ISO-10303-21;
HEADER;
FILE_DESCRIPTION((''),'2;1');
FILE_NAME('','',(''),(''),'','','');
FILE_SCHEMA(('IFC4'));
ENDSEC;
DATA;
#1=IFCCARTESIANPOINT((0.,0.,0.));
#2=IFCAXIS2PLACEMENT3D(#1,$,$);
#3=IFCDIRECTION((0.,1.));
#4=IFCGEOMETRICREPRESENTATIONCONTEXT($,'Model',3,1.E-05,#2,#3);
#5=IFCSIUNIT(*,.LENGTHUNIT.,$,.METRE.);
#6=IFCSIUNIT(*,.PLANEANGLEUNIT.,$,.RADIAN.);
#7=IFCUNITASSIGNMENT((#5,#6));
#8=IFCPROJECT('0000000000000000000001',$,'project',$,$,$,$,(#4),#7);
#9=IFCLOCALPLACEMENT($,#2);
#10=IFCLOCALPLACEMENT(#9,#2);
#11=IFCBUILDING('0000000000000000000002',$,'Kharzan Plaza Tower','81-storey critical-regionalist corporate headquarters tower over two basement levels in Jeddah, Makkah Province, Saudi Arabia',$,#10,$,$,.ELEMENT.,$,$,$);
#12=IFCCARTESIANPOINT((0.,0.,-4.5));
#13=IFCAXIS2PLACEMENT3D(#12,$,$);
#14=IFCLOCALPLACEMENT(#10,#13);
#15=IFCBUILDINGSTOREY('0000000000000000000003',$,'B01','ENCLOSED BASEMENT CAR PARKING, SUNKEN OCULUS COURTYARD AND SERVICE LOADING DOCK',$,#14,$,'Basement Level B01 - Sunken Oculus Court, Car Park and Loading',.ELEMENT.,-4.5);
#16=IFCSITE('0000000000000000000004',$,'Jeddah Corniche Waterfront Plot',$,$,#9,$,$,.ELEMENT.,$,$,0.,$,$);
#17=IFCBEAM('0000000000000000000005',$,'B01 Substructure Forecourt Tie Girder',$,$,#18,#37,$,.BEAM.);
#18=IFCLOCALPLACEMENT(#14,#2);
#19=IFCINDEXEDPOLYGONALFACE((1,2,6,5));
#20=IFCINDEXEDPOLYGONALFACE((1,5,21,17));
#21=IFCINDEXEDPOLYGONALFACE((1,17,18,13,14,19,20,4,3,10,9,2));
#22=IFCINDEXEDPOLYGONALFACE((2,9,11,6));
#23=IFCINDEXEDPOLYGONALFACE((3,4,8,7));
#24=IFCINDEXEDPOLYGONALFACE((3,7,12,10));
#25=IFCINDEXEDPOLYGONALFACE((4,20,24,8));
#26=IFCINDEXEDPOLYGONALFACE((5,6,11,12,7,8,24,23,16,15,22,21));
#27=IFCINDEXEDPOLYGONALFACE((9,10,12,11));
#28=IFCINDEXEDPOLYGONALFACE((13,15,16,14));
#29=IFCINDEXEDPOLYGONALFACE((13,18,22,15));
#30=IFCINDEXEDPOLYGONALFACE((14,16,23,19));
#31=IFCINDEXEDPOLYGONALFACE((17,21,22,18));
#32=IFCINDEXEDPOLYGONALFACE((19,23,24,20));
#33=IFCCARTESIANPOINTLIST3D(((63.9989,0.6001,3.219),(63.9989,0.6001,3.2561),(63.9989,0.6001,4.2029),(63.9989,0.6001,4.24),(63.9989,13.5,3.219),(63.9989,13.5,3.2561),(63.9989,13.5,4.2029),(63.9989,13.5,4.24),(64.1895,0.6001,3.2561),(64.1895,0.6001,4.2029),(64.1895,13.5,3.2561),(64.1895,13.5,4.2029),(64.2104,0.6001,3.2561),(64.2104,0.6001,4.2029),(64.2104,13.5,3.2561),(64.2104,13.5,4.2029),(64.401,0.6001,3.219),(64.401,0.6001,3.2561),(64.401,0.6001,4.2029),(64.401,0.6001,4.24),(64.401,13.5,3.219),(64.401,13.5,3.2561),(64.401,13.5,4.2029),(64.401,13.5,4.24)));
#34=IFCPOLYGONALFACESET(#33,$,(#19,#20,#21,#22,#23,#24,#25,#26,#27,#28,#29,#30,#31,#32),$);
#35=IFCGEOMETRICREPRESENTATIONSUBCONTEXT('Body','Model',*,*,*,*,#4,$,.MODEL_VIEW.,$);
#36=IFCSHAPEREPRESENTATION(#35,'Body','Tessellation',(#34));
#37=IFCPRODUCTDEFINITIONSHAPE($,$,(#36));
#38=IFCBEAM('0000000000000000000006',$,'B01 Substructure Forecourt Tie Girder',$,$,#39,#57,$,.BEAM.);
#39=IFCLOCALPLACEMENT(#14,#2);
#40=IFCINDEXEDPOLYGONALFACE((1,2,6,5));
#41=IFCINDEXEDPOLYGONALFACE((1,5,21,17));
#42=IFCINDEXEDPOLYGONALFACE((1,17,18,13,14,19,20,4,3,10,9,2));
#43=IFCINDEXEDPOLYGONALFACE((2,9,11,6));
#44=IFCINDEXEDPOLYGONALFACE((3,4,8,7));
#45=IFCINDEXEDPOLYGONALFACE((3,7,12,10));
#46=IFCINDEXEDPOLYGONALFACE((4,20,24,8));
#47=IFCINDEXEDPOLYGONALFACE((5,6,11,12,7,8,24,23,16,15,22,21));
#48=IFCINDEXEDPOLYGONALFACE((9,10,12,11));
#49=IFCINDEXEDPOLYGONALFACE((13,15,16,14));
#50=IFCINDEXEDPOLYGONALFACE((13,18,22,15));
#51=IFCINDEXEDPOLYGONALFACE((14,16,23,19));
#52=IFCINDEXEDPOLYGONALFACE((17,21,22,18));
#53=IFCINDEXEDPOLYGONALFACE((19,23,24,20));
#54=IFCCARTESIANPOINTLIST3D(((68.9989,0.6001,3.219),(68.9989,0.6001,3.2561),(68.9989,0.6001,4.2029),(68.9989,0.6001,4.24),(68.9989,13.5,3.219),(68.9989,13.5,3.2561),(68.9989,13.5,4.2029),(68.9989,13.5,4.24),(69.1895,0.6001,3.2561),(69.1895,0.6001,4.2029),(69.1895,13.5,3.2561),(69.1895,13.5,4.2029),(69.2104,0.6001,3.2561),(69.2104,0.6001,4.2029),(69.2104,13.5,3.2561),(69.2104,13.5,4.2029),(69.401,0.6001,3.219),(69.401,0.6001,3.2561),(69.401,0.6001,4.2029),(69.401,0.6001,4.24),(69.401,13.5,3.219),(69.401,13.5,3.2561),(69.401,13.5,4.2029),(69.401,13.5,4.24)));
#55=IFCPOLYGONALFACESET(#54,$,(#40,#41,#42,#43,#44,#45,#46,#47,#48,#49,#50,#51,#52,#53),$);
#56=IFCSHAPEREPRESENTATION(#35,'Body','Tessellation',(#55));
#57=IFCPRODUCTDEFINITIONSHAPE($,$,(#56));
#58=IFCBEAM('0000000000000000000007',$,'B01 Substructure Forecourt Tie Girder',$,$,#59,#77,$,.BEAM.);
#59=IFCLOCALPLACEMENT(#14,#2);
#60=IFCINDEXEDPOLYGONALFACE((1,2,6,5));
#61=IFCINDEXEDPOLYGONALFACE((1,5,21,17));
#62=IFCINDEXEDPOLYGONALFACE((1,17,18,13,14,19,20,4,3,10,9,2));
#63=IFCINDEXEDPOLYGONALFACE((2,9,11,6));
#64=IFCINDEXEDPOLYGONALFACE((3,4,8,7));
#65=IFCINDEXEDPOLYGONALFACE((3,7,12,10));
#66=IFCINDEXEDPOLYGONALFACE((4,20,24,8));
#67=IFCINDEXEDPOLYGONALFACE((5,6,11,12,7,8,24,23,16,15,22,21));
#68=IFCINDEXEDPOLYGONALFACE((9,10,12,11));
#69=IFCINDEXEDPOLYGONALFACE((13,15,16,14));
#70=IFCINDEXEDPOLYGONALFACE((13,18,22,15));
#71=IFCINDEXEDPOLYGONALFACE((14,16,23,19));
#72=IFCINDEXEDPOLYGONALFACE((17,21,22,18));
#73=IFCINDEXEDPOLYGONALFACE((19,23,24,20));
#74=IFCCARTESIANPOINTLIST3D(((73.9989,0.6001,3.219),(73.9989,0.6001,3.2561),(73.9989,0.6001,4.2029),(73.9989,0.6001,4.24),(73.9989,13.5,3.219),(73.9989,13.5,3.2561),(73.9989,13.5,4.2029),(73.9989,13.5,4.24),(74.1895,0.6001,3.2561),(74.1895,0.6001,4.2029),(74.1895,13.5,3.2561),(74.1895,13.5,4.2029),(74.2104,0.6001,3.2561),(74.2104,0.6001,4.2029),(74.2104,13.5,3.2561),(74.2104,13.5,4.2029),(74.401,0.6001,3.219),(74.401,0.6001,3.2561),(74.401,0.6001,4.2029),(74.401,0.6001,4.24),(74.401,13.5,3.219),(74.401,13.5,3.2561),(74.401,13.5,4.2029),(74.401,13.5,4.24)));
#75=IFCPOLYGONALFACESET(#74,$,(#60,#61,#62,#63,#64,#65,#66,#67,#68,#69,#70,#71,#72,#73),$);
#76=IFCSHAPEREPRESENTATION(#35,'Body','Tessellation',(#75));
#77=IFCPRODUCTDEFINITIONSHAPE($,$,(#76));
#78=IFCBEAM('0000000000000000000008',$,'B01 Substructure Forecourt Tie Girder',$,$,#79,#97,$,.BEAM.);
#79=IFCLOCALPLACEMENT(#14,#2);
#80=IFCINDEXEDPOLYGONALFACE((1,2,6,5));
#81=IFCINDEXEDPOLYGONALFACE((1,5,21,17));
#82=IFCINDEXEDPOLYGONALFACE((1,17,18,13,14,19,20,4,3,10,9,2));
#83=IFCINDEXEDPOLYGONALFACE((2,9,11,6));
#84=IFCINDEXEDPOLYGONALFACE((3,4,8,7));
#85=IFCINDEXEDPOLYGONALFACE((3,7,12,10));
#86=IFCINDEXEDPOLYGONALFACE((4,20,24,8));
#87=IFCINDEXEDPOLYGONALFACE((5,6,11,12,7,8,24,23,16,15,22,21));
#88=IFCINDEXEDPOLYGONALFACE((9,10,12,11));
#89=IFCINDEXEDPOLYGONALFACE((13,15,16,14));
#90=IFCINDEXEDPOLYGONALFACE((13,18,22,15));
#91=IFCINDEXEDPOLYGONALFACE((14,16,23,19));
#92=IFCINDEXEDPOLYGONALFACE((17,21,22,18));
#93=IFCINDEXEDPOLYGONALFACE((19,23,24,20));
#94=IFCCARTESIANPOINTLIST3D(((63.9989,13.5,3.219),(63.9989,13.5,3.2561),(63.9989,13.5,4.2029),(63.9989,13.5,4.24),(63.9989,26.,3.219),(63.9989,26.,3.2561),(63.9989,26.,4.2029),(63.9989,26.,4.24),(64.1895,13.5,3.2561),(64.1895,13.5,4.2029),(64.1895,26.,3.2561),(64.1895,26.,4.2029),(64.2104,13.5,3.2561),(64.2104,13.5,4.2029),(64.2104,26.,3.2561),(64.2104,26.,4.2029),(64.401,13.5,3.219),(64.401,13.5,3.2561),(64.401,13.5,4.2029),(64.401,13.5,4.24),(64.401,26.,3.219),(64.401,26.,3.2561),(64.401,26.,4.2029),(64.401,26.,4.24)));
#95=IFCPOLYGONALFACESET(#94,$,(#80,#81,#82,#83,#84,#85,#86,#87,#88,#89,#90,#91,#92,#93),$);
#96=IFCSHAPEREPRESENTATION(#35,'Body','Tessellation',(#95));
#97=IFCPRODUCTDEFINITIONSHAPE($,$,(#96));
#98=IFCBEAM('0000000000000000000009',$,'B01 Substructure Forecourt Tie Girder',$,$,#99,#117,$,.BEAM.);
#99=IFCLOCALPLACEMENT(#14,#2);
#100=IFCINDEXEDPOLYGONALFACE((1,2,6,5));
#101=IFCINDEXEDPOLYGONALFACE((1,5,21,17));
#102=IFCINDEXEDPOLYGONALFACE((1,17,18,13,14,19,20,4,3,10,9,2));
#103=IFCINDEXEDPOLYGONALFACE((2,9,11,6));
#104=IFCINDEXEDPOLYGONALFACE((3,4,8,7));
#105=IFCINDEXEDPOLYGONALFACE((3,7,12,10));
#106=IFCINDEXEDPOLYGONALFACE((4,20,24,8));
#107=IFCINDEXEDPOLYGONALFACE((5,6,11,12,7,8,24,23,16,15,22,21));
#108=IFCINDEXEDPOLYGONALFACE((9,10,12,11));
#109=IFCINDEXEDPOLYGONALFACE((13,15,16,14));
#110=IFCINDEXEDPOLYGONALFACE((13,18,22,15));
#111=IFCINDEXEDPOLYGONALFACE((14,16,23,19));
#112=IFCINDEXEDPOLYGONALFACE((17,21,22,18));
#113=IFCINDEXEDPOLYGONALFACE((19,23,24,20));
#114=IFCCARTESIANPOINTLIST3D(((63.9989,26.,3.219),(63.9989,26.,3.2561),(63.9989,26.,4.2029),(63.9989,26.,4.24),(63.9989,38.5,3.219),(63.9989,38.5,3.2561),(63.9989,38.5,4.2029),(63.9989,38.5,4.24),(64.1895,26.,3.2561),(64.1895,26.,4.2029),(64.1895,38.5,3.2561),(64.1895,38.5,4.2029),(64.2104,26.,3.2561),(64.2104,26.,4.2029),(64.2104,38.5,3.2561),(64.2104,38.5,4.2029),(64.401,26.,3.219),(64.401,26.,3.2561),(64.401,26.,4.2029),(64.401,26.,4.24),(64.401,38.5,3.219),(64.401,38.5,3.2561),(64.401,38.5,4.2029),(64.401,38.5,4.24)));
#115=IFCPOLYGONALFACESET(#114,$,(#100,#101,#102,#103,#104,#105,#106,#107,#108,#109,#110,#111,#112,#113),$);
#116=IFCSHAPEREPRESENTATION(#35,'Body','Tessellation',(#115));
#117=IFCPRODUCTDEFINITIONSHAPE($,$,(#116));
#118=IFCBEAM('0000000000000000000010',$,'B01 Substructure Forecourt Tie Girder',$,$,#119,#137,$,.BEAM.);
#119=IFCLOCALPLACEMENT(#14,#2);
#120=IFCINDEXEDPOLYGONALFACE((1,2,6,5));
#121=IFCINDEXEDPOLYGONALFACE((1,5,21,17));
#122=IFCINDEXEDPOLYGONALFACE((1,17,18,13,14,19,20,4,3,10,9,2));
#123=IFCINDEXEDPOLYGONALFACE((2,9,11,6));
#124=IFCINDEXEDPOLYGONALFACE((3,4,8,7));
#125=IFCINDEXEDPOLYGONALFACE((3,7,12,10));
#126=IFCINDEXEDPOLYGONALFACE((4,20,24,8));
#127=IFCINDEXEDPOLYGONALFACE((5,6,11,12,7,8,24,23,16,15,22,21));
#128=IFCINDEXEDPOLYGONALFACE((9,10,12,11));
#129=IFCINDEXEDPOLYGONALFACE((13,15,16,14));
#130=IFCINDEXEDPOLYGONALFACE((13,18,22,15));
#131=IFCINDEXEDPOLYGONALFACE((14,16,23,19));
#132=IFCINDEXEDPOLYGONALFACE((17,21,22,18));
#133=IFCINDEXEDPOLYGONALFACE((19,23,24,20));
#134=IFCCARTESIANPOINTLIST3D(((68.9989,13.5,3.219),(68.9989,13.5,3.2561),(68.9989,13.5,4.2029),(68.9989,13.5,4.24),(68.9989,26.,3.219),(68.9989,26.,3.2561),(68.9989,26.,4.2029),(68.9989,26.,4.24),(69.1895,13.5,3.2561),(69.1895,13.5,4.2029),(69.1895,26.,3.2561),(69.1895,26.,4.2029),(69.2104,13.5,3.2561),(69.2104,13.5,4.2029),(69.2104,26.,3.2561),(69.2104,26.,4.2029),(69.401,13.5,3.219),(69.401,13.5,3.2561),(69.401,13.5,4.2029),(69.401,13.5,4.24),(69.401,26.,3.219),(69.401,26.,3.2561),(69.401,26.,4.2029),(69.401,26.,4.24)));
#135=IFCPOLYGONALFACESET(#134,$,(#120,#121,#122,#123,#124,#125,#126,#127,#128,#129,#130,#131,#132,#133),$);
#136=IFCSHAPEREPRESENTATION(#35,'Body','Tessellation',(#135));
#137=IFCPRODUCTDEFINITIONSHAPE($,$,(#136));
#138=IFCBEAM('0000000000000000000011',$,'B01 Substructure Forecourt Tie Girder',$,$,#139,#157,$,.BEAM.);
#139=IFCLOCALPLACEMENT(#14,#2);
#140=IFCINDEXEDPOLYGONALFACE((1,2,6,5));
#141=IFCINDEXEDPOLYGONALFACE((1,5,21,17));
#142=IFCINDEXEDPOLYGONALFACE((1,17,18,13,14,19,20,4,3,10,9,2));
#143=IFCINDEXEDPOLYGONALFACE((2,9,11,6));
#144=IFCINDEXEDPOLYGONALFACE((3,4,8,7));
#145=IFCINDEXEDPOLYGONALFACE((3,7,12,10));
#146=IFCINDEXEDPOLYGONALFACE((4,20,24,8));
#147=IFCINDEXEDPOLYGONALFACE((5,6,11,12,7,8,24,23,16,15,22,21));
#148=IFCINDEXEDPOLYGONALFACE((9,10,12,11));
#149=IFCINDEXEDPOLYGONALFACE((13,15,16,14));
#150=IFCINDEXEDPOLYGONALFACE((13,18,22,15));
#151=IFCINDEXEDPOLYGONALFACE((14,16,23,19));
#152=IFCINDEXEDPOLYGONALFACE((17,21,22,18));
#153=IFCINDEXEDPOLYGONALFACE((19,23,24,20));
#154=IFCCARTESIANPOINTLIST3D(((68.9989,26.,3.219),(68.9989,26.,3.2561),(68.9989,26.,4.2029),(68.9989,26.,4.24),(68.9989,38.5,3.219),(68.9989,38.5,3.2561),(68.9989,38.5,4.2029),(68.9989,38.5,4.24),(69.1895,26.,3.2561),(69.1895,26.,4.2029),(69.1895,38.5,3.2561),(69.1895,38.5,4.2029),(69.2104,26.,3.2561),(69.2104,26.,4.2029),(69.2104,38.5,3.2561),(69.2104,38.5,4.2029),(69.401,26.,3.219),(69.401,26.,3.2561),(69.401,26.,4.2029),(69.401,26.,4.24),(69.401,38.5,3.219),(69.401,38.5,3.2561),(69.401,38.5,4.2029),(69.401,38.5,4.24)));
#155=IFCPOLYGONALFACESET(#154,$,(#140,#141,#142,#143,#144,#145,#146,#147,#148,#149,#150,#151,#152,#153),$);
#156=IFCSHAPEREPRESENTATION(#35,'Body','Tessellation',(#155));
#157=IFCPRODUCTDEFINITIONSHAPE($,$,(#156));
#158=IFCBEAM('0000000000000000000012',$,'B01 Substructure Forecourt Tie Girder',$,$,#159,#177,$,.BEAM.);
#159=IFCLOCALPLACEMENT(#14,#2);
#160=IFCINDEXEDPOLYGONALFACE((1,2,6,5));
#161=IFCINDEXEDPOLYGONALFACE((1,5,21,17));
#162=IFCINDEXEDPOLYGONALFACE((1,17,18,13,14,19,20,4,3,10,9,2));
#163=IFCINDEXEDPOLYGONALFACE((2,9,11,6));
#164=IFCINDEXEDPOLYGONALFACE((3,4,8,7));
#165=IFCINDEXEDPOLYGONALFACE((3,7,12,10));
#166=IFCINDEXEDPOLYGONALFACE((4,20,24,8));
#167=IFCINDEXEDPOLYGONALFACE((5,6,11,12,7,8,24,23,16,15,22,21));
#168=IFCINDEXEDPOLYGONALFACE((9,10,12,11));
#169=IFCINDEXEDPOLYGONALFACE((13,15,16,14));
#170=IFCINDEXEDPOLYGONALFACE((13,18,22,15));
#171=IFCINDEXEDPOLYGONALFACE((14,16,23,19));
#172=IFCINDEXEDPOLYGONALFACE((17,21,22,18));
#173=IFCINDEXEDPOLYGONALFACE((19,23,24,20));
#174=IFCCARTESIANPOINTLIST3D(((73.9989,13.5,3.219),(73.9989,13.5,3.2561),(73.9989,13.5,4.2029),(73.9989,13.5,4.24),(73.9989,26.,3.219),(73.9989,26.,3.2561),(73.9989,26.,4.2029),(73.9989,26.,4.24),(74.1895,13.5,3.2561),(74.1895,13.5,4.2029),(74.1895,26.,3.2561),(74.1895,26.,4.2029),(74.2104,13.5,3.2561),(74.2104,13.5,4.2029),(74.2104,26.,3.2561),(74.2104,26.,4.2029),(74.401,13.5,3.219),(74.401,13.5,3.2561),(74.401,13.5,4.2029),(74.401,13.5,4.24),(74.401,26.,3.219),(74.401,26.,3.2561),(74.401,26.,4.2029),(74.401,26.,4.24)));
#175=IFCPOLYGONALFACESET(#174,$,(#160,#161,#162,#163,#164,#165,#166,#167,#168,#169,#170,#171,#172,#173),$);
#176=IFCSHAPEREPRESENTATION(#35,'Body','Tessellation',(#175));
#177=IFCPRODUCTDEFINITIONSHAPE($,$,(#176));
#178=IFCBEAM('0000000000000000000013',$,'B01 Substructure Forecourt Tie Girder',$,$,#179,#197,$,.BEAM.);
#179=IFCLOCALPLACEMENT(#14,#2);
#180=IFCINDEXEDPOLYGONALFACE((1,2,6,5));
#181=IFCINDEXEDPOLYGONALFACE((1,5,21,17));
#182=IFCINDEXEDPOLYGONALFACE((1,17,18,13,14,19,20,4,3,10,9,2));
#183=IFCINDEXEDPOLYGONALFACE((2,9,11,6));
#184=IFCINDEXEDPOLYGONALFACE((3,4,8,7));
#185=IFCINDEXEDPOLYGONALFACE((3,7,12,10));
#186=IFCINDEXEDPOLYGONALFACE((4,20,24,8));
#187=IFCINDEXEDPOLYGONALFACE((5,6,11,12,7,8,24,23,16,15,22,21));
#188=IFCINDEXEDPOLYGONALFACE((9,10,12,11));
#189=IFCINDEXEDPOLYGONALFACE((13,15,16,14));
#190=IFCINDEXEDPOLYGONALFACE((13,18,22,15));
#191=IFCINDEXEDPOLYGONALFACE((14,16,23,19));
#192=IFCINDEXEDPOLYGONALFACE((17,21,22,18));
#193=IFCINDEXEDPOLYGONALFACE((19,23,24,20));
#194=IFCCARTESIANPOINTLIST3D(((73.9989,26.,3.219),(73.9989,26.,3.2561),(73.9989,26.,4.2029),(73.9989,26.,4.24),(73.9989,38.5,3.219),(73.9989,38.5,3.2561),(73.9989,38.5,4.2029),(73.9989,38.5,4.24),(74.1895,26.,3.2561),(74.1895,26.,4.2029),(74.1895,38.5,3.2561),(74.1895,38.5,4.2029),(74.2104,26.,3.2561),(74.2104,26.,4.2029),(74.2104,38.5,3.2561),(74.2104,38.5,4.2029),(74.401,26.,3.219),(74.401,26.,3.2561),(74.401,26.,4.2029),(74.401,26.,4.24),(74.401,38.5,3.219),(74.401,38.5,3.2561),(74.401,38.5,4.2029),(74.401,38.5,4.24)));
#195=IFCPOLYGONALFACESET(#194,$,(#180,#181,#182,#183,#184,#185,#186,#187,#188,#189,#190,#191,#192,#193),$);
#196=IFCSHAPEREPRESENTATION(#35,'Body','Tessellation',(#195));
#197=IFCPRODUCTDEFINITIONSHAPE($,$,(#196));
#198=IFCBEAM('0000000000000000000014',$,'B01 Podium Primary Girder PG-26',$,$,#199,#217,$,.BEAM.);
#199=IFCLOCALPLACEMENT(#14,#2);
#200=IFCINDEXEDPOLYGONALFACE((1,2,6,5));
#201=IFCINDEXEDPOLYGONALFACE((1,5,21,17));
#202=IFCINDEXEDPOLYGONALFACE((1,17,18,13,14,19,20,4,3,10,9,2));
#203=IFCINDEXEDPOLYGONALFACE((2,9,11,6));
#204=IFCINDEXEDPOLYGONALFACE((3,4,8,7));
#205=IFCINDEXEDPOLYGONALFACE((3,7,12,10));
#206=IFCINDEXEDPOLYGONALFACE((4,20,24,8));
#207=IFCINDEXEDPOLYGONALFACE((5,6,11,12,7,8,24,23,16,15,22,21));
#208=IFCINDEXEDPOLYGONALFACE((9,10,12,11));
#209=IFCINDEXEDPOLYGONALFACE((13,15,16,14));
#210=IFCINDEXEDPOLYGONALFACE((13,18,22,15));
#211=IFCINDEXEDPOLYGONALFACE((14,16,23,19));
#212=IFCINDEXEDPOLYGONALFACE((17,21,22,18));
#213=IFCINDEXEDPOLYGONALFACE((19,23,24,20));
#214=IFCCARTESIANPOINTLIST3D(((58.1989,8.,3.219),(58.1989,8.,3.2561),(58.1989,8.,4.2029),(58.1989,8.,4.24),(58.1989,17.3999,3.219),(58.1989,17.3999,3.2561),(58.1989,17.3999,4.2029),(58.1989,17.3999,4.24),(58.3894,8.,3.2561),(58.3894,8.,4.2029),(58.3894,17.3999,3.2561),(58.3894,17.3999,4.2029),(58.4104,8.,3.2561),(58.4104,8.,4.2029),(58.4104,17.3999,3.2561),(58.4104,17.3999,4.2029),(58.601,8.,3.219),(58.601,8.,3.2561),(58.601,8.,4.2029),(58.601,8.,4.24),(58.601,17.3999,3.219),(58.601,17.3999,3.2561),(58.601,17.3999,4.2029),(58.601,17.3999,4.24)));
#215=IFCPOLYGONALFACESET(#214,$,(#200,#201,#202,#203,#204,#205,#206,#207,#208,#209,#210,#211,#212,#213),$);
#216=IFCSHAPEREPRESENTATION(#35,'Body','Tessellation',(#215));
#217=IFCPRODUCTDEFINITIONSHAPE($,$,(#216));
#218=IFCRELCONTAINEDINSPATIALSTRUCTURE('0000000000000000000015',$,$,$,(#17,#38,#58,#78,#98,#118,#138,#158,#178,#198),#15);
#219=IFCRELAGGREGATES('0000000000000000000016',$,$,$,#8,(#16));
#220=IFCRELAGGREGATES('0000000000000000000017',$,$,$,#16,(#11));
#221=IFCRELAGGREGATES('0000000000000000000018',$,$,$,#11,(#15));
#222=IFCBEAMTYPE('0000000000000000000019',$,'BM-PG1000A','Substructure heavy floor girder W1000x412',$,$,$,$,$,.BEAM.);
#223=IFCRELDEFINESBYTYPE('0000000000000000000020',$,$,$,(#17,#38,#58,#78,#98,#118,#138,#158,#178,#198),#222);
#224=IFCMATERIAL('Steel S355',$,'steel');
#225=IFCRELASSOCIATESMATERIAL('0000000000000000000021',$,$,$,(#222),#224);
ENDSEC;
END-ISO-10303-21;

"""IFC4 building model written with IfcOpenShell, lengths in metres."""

from ifc_helpers import new_model, si_unit, direction, frame, origin, origin_2d, place, context, subcontext, project, spatial, i_section, extrude, source, transform, mapped, material, material_profile, profile_set, type_object, element, save


model = new_model("IFC4")

# Units and contexts
model_context = context("Model", 3, precision=1e-05, world=origin(), true_north=direction((0.0, 1.0)))
body_context = subcontext(model_context, "Body", "Model", "MODEL_VIEW")
ifc_project = project(units=[si_unit("LENGTHUNIT", "METRE"), si_unit("PLANEANGLEUNIT", "RADIAN")], contexts=[model_context])

# Site, building, storey
site_placement = place(None, origin())
site = spatial("IfcSite", under=ifc_project, at=site_placement, Name="Jeddah Corniche Waterfront Plot", CompositionType="ELEMENT", RefElevation=0.0)
building_placement = place(site_placement, origin())
building = spatial("IfcBuilding", under=site, at=building_placement, Name="Kharzan Plaza Tower", Description="81-storey critical-regionalist corporate headquarters tower over two basement levels in Jeddah, Makkah Province, Saudi Arabia", CompositionType="ELEMENT")
storey_placement = place(building_placement, frame((0.0, 0.0, -4.5)))
storey = spatial("IfcBuildingStorey", under=building, at=storey_placement, Name="B01", Description="ENCLOSED BASEMENT CAR PARKING, SUNKEN OCULUS COURTYARD AND SERVICE LOADING DOCK", LongName="Basement Level B01 - Sunken Oculus Court, Car Park and Loading", CompositionType="ELEMENT", Elevation=-4.5)

# Shared definitions
ifc_material_1 = material(Name="Steel S355", Category="steel")

# Beams
ifc_material_profile_1 = material_profile(ifc_material_1, i_section(OverallWidth=0.4021, OverallDepth=1.021, WebThickness=0.021, FlangeThickness=0.0371, at=origin_2d()), Name="W1000x412")
ifc_profile_set_1 = profile_set([ifc_material_profile_1], Name="Steel S355")
beam_type = type_object("IfcBeamType", Name="BM-PG1000A", Description="Substructure heavy floor girder W1000x412", PredefinedType="BEAM", material=ifc_profile_set_1)
shared_shape_1 = source(origin(), body_context, "Body", "SweptSolid", [
    extrude(i_section(OverallWidth=0.4021, OverallDepth=1.021, WebThickness=0.021, FlangeThickness=0.0371, at=origin_2d()), origin(), (0.0, 0.0, 1.0), 12.8999),
])
for number, where, z_axis, x_axis, name in (
    (1, (64.2, 0.6001, 3.7295), (0.0, 1.0, 0.0), (-1.0, 0.0, 0.0), "B01 Substructure Forecourt Tie Girder"),
    (2, (69.2, 0.6001, 3.7295), (0.0, 1.0, 0.0), (-1.0, 0.0, 0.0), "B01 Substructure Forecourt Tie Girder"),
    (3, (74.2, 0.6001, 3.7295), (0.0, 1.0, 0.0), (-1.0, 0.0, 0.0), "B01 Substructure Forecourt Tie Girder"),
):
    element("IfcBeam", number, at=place(storey_placement, frame(where, z_axis=z_axis, x_axis=x_axis)), inside=storey, type_object=beam_type, Name=name, PredefinedType="BEAM", context=body_context, shape_type="MappedRepresentation", body=[
        mapped(shared_shape_1, transform((0.0, 0.0, 0.0), x_axis=(1.0, 0.0, 0.0), y_axis=(0.0, 1.0, 0.0), z_axis=(0.0, 0.0, 1.0))),
    ])
shared_shape_2 = source(origin(), body_context, "Body", "SweptSolid", [
    extrude(i_section(OverallWidth=0.4021, OverallDepth=1.021, WebThickness=0.021, FlangeThickness=0.0371, at=origin_2d()), origin(), (0.0, 0.0, 1.0), 12.5),
])
for number, where, z_axis, x_axis, name in (
    (4, (64.2, 13.5, 3.7295), (0.0, 1.0, 0.0), (-1.0, 0.0, 0.0), "B01 Substructure Forecourt Tie Girder"),
    (5, (64.2, 26.0, 3.7295), (0.0, 1.0, 0.0), (-1.0, 0.0, 0.0), "B01 Substructure Forecourt Tie Girder"),
    (6, (69.2, 13.5, 3.7295), (0.0, 1.0, 0.0), (-1.0, 0.0, 0.0), "B01 Substructure Forecourt Tie Girder"),
    (7, (69.2, 26.0, 3.7295), (0.0, 1.0, 0.0), (-1.0, 0.0, 0.0), "B01 Substructure Forecourt Tie Girder"),
    (8, (74.2, 13.5, 3.7295), (0.0, 1.0, 0.0), (-1.0, 0.0, 0.0), "B01 Substructure Forecourt Tie Girder"),
    (9, (74.2, 26.0, 3.7295), (0.0, 1.0, 0.0), (-1.0, 0.0, 0.0), "B01 Substructure Forecourt Tie Girder"),
):
    element("IfcBeam", number, at=place(storey_placement, frame(where, z_axis=z_axis, x_axis=x_axis)), inside=storey, type_object=beam_type, Name=name, PredefinedType="BEAM", context=body_context, shape_type="MappedRepresentation", body=[
        mapped(shared_shape_2, transform((0.0, 0.0, 0.0), x_axis=(1.0, 0.0, 0.0), y_axis=(0.0, 1.0, 0.0), z_axis=(0.0, 0.0, 1.0))),
    ])
shared_shape_3 = source(origin(), body_context, "Body", "SweptSolid", [
    extrude(i_section(OverallWidth=0.4021, OverallDepth=1.021, WebThickness=0.021, FlangeThickness=0.0371, at=origin_2d()), origin(), (0.0, 0.0, 1.0), 9.3999),
])
beam_1_placement = place(storey_placement, frame((58.3999, 8.0, 3.7295), z_axis=(0.0, 1.0, 0.0), x_axis=(-1.0, 0.0, 0.0)))
element("IfcBeam", 10, at=beam_1_placement, inside=storey, type_object=beam_type, Name="B01 Podium Primary Girder PG-26", PredefinedType="BEAM", context=body_context, shape_type="MappedRepresentation", body=[
    mapped(shared_shape_3, transform((0.0, 0.0, 0.0), x_axis=(1.0, 0.0, 0.0), y_axis=(0.0, 1.0, 0.0), z_axis=(0.0, 0.0, 1.0))),
])

save(model, "model.ifc")
